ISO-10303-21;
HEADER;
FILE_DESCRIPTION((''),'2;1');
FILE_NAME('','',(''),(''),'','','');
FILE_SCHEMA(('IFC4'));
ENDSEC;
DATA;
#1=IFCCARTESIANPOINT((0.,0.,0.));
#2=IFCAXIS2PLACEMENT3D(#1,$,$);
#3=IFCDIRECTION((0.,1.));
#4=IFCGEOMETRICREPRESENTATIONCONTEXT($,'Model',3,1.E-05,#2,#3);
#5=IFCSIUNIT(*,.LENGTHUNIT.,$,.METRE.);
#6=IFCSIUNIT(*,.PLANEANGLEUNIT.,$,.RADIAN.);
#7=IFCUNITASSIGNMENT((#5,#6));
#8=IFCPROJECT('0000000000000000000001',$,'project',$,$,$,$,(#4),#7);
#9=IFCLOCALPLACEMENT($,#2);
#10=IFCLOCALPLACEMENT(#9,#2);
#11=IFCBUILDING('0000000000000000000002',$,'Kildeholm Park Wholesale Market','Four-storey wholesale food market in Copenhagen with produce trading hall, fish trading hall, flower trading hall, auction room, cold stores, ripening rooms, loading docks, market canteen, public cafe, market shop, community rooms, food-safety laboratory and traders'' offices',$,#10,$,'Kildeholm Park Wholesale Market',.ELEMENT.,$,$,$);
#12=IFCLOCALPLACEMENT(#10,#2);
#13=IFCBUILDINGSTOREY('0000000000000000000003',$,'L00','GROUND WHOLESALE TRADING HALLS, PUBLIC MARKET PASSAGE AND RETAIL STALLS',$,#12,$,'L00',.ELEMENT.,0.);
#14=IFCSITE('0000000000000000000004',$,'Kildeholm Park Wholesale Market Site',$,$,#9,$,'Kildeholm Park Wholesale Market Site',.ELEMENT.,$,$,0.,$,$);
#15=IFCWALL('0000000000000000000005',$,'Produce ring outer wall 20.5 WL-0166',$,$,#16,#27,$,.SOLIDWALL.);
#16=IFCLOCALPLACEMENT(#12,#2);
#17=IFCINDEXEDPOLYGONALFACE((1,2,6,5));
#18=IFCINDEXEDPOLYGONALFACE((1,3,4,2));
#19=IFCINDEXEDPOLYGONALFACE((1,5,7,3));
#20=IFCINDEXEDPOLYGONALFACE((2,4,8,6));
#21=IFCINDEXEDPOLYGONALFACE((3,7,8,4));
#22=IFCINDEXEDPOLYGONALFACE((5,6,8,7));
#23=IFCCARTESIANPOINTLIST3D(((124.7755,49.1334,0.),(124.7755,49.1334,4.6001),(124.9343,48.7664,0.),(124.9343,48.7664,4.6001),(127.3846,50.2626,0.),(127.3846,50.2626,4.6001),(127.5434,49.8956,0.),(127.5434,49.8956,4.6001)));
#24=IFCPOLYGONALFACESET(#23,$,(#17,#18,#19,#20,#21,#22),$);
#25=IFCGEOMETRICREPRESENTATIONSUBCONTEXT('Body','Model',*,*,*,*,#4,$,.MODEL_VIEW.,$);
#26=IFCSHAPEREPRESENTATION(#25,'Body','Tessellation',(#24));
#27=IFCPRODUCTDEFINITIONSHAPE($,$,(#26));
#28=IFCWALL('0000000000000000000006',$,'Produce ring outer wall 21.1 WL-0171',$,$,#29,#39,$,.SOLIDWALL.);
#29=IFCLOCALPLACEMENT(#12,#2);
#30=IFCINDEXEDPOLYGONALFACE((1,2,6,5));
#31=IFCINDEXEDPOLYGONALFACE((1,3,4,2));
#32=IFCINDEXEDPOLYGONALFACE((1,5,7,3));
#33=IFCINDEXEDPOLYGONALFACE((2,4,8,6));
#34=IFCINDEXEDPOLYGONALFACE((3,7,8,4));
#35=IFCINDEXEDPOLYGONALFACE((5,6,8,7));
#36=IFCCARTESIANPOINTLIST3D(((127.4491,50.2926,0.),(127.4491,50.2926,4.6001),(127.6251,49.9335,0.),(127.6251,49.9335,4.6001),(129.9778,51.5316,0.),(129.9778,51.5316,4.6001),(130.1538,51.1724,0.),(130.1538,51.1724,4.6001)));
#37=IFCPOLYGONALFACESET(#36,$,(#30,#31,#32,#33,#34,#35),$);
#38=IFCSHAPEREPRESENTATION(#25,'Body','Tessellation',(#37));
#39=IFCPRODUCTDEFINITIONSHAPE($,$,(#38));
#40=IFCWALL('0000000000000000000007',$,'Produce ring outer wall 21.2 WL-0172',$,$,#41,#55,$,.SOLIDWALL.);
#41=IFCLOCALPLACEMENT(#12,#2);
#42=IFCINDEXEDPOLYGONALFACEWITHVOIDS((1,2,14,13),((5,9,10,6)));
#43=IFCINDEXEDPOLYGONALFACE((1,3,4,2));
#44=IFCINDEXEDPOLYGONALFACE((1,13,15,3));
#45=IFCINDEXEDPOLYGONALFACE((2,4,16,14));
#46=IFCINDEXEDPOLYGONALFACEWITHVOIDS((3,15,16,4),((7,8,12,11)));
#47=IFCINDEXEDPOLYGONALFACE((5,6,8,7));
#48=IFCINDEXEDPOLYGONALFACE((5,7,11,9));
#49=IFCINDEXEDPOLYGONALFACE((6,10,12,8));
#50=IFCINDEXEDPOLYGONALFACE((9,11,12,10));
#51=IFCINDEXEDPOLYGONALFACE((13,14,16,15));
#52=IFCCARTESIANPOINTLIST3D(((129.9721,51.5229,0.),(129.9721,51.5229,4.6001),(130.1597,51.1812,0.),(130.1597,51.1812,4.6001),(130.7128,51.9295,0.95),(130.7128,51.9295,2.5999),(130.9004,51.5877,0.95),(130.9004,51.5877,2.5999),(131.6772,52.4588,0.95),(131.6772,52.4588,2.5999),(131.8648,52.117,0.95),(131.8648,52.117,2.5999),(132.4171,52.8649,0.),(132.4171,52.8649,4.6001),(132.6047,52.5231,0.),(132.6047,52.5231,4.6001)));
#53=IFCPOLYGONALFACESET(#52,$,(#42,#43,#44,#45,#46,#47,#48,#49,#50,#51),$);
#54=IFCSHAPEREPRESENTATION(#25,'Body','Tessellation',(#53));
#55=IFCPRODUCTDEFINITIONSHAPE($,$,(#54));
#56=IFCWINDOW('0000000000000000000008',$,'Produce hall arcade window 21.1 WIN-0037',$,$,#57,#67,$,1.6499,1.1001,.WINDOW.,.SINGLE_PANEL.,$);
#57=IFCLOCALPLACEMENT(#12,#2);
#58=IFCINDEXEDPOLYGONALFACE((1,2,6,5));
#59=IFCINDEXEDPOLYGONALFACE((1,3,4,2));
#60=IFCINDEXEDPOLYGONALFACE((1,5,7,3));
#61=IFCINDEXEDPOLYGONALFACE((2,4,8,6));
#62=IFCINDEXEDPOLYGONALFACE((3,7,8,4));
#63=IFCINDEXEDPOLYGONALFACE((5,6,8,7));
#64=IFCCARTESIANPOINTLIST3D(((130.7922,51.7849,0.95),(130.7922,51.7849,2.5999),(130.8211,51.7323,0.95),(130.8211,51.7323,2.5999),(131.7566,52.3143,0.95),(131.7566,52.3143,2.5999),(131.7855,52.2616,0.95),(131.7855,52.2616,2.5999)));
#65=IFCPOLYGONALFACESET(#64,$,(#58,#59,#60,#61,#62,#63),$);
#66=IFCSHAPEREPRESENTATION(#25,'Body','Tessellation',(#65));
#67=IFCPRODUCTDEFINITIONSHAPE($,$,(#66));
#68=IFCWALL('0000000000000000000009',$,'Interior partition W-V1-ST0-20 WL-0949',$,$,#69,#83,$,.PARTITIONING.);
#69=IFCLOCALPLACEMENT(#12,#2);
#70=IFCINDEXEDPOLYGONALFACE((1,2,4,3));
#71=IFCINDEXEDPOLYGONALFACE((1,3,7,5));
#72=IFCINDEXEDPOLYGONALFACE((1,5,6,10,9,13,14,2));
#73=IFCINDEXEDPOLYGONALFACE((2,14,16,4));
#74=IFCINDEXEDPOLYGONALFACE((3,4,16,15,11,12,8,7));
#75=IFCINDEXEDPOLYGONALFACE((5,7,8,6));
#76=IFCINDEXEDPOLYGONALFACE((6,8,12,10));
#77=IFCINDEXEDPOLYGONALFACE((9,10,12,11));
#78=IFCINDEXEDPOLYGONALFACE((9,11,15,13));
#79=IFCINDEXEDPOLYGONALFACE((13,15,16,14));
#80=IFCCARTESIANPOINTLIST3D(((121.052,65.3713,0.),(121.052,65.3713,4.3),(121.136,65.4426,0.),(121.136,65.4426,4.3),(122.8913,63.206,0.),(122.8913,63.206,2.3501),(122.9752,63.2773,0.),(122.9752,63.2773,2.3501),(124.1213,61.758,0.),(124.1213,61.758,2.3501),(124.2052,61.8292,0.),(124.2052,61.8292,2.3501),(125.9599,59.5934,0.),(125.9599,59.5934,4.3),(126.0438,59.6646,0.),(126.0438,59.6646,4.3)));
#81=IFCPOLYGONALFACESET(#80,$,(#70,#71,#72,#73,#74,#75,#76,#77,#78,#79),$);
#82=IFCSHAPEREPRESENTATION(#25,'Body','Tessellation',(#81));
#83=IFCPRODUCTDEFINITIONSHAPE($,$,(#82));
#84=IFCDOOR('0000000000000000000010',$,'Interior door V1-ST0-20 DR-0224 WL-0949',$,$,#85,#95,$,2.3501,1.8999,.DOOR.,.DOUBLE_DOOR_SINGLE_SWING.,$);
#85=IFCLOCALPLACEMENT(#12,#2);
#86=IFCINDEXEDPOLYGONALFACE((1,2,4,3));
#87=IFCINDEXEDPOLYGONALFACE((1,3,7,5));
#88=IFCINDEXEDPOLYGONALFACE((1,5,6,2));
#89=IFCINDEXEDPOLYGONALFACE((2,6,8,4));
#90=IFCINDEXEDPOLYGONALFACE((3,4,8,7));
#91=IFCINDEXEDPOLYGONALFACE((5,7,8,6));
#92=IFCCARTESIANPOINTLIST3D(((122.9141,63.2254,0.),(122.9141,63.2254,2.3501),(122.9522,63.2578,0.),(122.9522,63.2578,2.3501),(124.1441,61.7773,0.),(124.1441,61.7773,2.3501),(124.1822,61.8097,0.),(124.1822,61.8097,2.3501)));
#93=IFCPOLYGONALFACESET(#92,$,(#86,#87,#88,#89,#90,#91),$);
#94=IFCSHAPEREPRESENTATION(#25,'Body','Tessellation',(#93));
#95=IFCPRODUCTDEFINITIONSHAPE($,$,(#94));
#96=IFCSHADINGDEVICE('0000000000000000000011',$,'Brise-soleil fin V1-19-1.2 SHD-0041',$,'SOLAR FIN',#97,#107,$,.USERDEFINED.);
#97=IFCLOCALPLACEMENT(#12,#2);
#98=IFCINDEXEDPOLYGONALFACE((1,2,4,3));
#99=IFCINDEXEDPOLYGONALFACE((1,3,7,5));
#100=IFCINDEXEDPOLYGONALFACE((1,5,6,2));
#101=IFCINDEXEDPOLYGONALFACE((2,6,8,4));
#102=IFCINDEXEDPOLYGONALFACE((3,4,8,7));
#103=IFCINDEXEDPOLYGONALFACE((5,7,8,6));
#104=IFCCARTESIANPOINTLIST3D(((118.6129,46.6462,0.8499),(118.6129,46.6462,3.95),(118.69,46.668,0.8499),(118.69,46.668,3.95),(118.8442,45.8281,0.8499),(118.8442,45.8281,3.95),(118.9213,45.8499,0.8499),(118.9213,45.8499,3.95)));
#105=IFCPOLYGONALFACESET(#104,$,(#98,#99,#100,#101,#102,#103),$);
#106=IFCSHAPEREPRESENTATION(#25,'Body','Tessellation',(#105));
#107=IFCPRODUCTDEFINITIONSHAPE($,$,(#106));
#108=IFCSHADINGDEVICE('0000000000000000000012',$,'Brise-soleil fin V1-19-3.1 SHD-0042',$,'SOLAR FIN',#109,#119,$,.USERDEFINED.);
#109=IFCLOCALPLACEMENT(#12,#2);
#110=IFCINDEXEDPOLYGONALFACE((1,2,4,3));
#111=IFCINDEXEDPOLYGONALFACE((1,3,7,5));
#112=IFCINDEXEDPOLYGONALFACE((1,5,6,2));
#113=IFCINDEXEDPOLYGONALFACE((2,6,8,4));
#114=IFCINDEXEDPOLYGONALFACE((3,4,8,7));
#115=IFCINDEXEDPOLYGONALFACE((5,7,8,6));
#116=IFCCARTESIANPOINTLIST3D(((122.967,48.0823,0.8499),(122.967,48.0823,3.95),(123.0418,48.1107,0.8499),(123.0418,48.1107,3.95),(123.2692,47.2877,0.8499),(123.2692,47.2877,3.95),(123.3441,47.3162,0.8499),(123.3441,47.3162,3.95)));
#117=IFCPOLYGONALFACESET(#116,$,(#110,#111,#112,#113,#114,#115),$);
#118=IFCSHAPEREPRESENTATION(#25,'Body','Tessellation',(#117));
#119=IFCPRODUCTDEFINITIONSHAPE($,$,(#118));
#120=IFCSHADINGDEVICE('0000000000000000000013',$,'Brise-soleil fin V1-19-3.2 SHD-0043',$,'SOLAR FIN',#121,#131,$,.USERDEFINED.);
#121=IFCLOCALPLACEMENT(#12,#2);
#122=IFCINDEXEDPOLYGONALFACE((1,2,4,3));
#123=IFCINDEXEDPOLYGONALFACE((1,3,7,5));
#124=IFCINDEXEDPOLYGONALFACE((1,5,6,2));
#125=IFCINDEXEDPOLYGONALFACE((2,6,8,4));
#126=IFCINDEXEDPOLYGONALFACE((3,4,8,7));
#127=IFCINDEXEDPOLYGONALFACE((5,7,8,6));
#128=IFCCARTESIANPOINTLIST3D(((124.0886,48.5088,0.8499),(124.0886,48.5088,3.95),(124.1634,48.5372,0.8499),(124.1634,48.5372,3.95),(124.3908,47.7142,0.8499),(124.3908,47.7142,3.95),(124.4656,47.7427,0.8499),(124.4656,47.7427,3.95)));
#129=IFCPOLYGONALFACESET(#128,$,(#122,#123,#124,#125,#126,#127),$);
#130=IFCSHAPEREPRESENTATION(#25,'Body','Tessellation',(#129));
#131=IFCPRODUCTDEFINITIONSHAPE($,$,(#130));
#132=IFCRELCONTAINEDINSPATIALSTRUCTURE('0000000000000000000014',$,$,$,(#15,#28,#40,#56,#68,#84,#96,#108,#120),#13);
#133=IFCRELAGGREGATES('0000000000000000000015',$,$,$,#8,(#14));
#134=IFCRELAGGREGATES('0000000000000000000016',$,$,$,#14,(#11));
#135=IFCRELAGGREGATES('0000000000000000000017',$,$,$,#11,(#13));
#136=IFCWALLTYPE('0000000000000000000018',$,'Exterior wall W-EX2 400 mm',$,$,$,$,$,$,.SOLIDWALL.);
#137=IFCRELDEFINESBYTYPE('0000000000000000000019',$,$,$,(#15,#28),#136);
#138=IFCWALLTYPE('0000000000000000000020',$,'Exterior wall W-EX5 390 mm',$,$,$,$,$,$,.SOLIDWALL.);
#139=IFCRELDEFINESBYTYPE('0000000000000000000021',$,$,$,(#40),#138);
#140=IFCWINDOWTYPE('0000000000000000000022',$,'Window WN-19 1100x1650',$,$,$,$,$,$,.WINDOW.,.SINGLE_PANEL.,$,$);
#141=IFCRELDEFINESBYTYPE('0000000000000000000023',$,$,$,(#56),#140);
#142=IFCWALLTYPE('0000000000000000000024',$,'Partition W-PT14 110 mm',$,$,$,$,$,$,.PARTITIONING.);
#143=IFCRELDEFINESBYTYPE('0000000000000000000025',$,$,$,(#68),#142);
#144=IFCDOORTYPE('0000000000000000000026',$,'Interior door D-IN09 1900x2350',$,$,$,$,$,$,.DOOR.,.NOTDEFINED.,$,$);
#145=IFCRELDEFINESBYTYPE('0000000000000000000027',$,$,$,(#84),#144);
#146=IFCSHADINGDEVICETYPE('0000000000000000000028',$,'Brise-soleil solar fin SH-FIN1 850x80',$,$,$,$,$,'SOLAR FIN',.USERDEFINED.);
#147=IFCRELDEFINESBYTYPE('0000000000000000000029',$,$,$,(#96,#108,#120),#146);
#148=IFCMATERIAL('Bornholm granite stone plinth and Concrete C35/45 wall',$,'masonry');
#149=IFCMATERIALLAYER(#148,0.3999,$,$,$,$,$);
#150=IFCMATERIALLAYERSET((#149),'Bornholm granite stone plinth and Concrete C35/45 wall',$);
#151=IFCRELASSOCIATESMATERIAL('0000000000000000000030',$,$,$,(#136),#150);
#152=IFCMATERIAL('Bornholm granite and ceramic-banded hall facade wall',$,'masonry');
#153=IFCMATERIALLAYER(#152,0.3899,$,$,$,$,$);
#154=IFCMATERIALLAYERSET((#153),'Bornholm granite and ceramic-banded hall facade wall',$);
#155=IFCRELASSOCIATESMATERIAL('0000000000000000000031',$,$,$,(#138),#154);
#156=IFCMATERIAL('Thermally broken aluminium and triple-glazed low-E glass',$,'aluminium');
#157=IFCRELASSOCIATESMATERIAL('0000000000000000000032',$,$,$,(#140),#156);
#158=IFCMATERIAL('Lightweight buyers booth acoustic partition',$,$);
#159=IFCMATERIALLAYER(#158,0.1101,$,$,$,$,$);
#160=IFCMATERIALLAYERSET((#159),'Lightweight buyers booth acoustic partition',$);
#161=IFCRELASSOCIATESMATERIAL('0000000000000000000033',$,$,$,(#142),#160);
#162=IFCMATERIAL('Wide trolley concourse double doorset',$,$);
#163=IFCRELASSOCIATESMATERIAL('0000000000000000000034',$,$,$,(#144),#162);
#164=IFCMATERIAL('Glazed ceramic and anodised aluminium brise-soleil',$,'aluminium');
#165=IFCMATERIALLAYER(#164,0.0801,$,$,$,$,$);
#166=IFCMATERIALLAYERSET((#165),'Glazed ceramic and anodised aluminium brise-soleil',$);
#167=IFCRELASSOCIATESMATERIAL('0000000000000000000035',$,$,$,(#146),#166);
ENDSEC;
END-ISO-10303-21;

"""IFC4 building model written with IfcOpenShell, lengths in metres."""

from ifc_helpers import new_model, si_unit, direction, frame, frame_2d, origin, origin_2d, place, context, subcontext, project, spatial, rectangle, extrude, material, layer, layer_set, type_object, element, fill, save


model = new_model("IFC4")

# Units and contexts
model_context = context("Model", 3, precision=1e-05, world=origin(), true_north=direction((0.0, 1.0)))
body_context = subcontext(model_context, "Body", "Model", "MODEL_VIEW")
ifc_project = project(units=[si_unit("LENGTHUNIT", "METRE"), si_unit("PLANEANGLEUNIT", "RADIAN")], contexts=[model_context])

# Site, building, storey
site_placement = place(None, origin())
site = spatial("IfcSite", under=ifc_project, at=site_placement, Name="Kildeholm Park Wholesale Market Site", LongName="Kildeholm Park Wholesale Market Site", CompositionType="ELEMENT", RefElevation=0.0)
building_placement = place(site_placement, origin())
building = spatial("IfcBuilding", under=site, at=building_placement, Name="Kildeholm Park Wholesale Market", Description="Four-storey wholesale food market in Copenhagen with produce trading hall, fish trading hall, flower trading hall, auction room, cold stores, ripening rooms, loading docks, market canteen, public cafe, market shop, community rooms, food-safety laboratory and traders' offices", LongName="Kildeholm Park Wholesale Market", CompositionType="ELEMENT")
storey_placement = place(building_placement, origin())
storey = spatial("IfcBuildingStorey", under=building, at=storey_placement, Name="L00", Description="GROUND WHOLESALE TRADING HALLS, PUBLIC MARKET PASSAGE AND RETAIL STALLS", LongName="L00", CompositionType="ELEMENT", Elevation=0.0)

# Shared definitions
ifc_material_1 = material(Name="Thermally broken aluminium and triple-glazed low-E glass", Category="aluminium")

# Walls
ifc_material_2 = material(Name="Bornholm granite stone plinth and Concrete C35/45 wall", Category="masonry")
ifc_layer_1 = layer(ifc_material_2, 0.3999)
ifc_layer_set_1 = layer_set([ifc_layer_1], Name="Bornholm granite stone plinth and Concrete C35/45 wall")
wall_type_1 = type_object("IfcWallType", Name="Exterior wall W-EX2 400 mm", PredefinedType="SOLIDWALL", material=ifc_layer_set_1)
wall_1_placement = place(storey_placement, frame((124.855, 48.95, 0.0), z_axis=(0.0, 0.0, 1.0), x_axis=(0.917745, 0.397171, 0.0)))
element("IfcWall", 1, at=wall_1_placement, inside=storey, type_object=wall_type_1, Name="Produce ring outer wall 20.5 WL-0166", PredefinedType="SOLIDWALL", context=body_context, shape_type="SweptSolid", body=[
    extrude(rectangle(XDim=2.843, YDim=0.3999, at=frame_2d((1.4214, 0.0))), origin(), (0.0, 0.0, 1.0), 4.6001),
])
wall_2_placement = place(storey_placement, frame((127.5371, 50.113, 0.0), z_axis=(0.0, 0.0, 1.0), x_axis=(0.898005, 0.439986, 0.0)))
element("IfcWall", 2, at=wall_2_placement, inside=storey, type_object=wall_type_1, Name="Produce ring outer wall 21.1 WL-0171", PredefinedType="SOLIDWALL", context=body_context, shape_type="SweptSolid", body=[
    extrude(rectangle(XDim=2.8159, YDim=0.3999, at=frame_2d((1.408, 0.0))), origin(), (0.0, 0.0, 1.0), 4.6001),
])

# Wall, opening, window
ifc_material_3 = material(Name="Bornholm granite and ceramic-banded hall facade wall", Category="masonry")
ifc_layer_2 = layer(ifc_material_3, 0.3899)
ifc_layer_set_2 = layer_set([ifc_layer_2], Name="Bornholm granite and ceramic-banded hall facade wall")
wall_type_2 = type_object("IfcWallType", Name="Exterior wall W-EX5 390 mm", PredefinedType="SOLIDWALL", material=ifc_layer_set_2)
wall_3_placement = place(storey_placement, frame((130.0659, 51.3521, 0.0), z_axis=(0.0, 0.0, 1.0), x_axis=(0.876631, 0.481163, 0.0)))
wall_3 = element("IfcWall", 3, at=wall_3_placement, inside=storey, type_object=wall_type_2, Name="Produce ring outer wall 21.2 WL-0172", PredefinedType="SOLIDWALL", context=body_context, shape_type="SweptSolid", body=[
    extrude(rectangle(XDim=2.7891, YDim=0.3899, at=frame_2d((1.3945, 0.0))), origin(), (0.0, 0.0, 1.0), 4.6001),
])
opening_1_placement = place(wall_3_placement, frame((0.845, 0.0, 0.95)))
opening_1 = element("IfcOpeningElement", 4, at=opening_1_placement, cuts=wall_3, PredefinedType="OPENING", context=body_context, shape_type="SweptSolid", body=[
    extrude(rectangle(XDim=1.1001, YDim=1.6499, at=frame_2d((0.55, 0.825))), frame((0.0, 0.2048, 0.0), z_axis=(0.0, -1.0, 0.0), x_axis=(1.0, 0.0, 0.0)), (0.0, 0.0, 1.0), 0.4099),
])
window_type_1 = type_object("IfcWindowType", Name="Window WN-19 1100x1650", PartitioningType="SINGLE_PANEL", PredefinedType="WINDOW", material=ifc_material_1)
window_1_placement = place(opening_1_placement, origin())
window_1 = element("IfcWindow", 5, at=window_1_placement, inside=storey, type_object=window_type_1, Name="Produce hall arcade window 21.1 WIN-0037", OverallHeight=1.6499, OverallWidth=1.1001, PartitioningType="SINGLE_PANEL", PredefinedType="WINDOW", context=body_context, shape_type="SweptSolid", body=[
    extrude(rectangle(XDim=1.1001, YDim=1.6499, at=frame_2d((0.55, 0.825))), frame((0.0, 0.03, 0.0), z_axis=(0.0, -1.0, 0.0), x_axis=(1.0, 0.0, 0.0)), (0.0, 0.0, 1.0), 0.0601),
])
fill(opening_1, window_1)

# Wall, opening, door
ifc_material_4 = material(Name="Lightweight buyers booth acoustic partition")
ifc_layer_3 = layer(ifc_material_4, 0.1101)
ifc_layer_set_3 = layer_set([ifc_layer_3], Name="Lightweight buyers booth acoustic partition")
wall_type_3 = type_object("IfcWallType", Name="Partition W-PT14 110 mm", PredefinedType="PARTITIONING", material=ifc_layer_set_3)
wall_4_placement = place(storey_placement, frame((121.094, 65.407, 0.0), z_axis=(0.0, 0.0, 1.0), x_axis=(0.647388, -0.762161, 0.0)))
wall_4 = element("IfcWall", 6, at=wall_4_placement, inside=storey, type_object=wall_type_3, Name="Interior partition W-V1-ST0-20 WL-0949", PredefinedType="PARTITIONING", context=body_context, shape_type="SweptSolid", body=[
    extrude(rectangle(XDim=7.5811, YDim=0.1101, at=frame_2d((3.7905, 0.0))), origin(), (0.0, 0.0, 1.0), 4.3),
])
opening_2_placement = place(wall_4_placement, frame((2.8411, 0.0, 0.0)))
opening_2 = element("IfcOpeningElement", 7, at=opening_2_placement, cuts=wall_4, PredefinedType="OPENING", context=body_context, shape_type="SweptSolid", body=[
    extrude(rectangle(XDim=1.8999, YDim=2.3501, at=frame_2d((0.95, 1.175))), frame((0.0, 0.0649, 0.0), z_axis=(0.0, -1.0, 0.0), x_axis=(1.0, 0.0, 0.0)), (0.0, 0.0, 1.0), 0.1301),
])
ifc_material_5 = material(Name="Wide trolley concourse double doorset")
door_type = type_object("IfcDoorType", Name="Interior door D-IN09 1900x2350", OperationType="NOTDEFINED", PredefinedType="DOOR", material=ifc_material_5)
door_placement = place(opening_2_placement, origin())
door = element("IfcDoor", 8, at=door_placement, inside=storey, type_object=door_type, Name="Interior door V1-ST0-20 DR-0224 WL-0949", OperationType="DOUBLE_DOOR_SINGLE_SWING", OverallHeight=2.3501, OverallWidth=1.8999, PredefinedType="DOOR", context=body_context, shape_type="SweptSolid", body=[
    extrude(rectangle(XDim=1.8999, YDim=2.3501, at=frame_2d((0.95, 1.175))), frame((0.0, 0.0249, 0.0), z_axis=(0.0, -1.0, 0.0), x_axis=(1.0, 0.0, 0.0)), (0.0, 0.0, 1.0), 0.05),
])
fill(opening_2, door)

# Shading devices
ifc_material_6 = material(Name="Glazed ceramic and anodised aluminium brise-soleil", Category="aluminium")
ifc_layer_4 = layer(ifc_material_6, 0.0801)
ifc_layer_set_4 = layer_set([ifc_layer_4], Name="Glazed ceramic and anodised aluminium brise-soleil")
shading_device_type = type_object("IfcShadingDeviceType", Name="Brise-soleil solar fin SH-FIN1 850x80", ElementType="SOLAR FIN", PredefinedType="USERDEFINED", material=ifc_layer_set_4)
for number, where, z_axis, x_axis, name in (
    (9, (118.7671, 46.248, 0.8499), (0.0, 0.0, 1.0), (0.272045, -0.962284, 0.0), "Brise-soleil fin V1-19-1.2 SHD-0041"),
    (10, (123.1555, 47.6992, 0.8499), (0.0, 0.0, 1.0), (0.355515, -0.934671, 0.0), "Brise-soleil fin V1-19-3.1 SHD-0042"),
    (11, (124.2771, 48.1257, 0.8499), (0.0, 0.0, 1.0), (0.355515, -0.934671, 0.0), "Brise-soleil fin V1-19-3.2 SHD-0043"),
):
    element("IfcShadingDevice", number, at=place(storey_placement, frame(where, z_axis=z_axis, x_axis=x_axis)), inside=storey, type_object=shading_device_type, Name=name, ObjectType="SOLAR FIN", PredefinedType="USERDEFINED", context=body_context, shape_type="SweptSolid", body=[
        extrude(rectangle(XDim=0.8501, YDim=0.0801, at=origin_2d()), origin(), (0.0, 0.0, 1.0), 3.1001),
    ])

save(model, "model.ifc")
